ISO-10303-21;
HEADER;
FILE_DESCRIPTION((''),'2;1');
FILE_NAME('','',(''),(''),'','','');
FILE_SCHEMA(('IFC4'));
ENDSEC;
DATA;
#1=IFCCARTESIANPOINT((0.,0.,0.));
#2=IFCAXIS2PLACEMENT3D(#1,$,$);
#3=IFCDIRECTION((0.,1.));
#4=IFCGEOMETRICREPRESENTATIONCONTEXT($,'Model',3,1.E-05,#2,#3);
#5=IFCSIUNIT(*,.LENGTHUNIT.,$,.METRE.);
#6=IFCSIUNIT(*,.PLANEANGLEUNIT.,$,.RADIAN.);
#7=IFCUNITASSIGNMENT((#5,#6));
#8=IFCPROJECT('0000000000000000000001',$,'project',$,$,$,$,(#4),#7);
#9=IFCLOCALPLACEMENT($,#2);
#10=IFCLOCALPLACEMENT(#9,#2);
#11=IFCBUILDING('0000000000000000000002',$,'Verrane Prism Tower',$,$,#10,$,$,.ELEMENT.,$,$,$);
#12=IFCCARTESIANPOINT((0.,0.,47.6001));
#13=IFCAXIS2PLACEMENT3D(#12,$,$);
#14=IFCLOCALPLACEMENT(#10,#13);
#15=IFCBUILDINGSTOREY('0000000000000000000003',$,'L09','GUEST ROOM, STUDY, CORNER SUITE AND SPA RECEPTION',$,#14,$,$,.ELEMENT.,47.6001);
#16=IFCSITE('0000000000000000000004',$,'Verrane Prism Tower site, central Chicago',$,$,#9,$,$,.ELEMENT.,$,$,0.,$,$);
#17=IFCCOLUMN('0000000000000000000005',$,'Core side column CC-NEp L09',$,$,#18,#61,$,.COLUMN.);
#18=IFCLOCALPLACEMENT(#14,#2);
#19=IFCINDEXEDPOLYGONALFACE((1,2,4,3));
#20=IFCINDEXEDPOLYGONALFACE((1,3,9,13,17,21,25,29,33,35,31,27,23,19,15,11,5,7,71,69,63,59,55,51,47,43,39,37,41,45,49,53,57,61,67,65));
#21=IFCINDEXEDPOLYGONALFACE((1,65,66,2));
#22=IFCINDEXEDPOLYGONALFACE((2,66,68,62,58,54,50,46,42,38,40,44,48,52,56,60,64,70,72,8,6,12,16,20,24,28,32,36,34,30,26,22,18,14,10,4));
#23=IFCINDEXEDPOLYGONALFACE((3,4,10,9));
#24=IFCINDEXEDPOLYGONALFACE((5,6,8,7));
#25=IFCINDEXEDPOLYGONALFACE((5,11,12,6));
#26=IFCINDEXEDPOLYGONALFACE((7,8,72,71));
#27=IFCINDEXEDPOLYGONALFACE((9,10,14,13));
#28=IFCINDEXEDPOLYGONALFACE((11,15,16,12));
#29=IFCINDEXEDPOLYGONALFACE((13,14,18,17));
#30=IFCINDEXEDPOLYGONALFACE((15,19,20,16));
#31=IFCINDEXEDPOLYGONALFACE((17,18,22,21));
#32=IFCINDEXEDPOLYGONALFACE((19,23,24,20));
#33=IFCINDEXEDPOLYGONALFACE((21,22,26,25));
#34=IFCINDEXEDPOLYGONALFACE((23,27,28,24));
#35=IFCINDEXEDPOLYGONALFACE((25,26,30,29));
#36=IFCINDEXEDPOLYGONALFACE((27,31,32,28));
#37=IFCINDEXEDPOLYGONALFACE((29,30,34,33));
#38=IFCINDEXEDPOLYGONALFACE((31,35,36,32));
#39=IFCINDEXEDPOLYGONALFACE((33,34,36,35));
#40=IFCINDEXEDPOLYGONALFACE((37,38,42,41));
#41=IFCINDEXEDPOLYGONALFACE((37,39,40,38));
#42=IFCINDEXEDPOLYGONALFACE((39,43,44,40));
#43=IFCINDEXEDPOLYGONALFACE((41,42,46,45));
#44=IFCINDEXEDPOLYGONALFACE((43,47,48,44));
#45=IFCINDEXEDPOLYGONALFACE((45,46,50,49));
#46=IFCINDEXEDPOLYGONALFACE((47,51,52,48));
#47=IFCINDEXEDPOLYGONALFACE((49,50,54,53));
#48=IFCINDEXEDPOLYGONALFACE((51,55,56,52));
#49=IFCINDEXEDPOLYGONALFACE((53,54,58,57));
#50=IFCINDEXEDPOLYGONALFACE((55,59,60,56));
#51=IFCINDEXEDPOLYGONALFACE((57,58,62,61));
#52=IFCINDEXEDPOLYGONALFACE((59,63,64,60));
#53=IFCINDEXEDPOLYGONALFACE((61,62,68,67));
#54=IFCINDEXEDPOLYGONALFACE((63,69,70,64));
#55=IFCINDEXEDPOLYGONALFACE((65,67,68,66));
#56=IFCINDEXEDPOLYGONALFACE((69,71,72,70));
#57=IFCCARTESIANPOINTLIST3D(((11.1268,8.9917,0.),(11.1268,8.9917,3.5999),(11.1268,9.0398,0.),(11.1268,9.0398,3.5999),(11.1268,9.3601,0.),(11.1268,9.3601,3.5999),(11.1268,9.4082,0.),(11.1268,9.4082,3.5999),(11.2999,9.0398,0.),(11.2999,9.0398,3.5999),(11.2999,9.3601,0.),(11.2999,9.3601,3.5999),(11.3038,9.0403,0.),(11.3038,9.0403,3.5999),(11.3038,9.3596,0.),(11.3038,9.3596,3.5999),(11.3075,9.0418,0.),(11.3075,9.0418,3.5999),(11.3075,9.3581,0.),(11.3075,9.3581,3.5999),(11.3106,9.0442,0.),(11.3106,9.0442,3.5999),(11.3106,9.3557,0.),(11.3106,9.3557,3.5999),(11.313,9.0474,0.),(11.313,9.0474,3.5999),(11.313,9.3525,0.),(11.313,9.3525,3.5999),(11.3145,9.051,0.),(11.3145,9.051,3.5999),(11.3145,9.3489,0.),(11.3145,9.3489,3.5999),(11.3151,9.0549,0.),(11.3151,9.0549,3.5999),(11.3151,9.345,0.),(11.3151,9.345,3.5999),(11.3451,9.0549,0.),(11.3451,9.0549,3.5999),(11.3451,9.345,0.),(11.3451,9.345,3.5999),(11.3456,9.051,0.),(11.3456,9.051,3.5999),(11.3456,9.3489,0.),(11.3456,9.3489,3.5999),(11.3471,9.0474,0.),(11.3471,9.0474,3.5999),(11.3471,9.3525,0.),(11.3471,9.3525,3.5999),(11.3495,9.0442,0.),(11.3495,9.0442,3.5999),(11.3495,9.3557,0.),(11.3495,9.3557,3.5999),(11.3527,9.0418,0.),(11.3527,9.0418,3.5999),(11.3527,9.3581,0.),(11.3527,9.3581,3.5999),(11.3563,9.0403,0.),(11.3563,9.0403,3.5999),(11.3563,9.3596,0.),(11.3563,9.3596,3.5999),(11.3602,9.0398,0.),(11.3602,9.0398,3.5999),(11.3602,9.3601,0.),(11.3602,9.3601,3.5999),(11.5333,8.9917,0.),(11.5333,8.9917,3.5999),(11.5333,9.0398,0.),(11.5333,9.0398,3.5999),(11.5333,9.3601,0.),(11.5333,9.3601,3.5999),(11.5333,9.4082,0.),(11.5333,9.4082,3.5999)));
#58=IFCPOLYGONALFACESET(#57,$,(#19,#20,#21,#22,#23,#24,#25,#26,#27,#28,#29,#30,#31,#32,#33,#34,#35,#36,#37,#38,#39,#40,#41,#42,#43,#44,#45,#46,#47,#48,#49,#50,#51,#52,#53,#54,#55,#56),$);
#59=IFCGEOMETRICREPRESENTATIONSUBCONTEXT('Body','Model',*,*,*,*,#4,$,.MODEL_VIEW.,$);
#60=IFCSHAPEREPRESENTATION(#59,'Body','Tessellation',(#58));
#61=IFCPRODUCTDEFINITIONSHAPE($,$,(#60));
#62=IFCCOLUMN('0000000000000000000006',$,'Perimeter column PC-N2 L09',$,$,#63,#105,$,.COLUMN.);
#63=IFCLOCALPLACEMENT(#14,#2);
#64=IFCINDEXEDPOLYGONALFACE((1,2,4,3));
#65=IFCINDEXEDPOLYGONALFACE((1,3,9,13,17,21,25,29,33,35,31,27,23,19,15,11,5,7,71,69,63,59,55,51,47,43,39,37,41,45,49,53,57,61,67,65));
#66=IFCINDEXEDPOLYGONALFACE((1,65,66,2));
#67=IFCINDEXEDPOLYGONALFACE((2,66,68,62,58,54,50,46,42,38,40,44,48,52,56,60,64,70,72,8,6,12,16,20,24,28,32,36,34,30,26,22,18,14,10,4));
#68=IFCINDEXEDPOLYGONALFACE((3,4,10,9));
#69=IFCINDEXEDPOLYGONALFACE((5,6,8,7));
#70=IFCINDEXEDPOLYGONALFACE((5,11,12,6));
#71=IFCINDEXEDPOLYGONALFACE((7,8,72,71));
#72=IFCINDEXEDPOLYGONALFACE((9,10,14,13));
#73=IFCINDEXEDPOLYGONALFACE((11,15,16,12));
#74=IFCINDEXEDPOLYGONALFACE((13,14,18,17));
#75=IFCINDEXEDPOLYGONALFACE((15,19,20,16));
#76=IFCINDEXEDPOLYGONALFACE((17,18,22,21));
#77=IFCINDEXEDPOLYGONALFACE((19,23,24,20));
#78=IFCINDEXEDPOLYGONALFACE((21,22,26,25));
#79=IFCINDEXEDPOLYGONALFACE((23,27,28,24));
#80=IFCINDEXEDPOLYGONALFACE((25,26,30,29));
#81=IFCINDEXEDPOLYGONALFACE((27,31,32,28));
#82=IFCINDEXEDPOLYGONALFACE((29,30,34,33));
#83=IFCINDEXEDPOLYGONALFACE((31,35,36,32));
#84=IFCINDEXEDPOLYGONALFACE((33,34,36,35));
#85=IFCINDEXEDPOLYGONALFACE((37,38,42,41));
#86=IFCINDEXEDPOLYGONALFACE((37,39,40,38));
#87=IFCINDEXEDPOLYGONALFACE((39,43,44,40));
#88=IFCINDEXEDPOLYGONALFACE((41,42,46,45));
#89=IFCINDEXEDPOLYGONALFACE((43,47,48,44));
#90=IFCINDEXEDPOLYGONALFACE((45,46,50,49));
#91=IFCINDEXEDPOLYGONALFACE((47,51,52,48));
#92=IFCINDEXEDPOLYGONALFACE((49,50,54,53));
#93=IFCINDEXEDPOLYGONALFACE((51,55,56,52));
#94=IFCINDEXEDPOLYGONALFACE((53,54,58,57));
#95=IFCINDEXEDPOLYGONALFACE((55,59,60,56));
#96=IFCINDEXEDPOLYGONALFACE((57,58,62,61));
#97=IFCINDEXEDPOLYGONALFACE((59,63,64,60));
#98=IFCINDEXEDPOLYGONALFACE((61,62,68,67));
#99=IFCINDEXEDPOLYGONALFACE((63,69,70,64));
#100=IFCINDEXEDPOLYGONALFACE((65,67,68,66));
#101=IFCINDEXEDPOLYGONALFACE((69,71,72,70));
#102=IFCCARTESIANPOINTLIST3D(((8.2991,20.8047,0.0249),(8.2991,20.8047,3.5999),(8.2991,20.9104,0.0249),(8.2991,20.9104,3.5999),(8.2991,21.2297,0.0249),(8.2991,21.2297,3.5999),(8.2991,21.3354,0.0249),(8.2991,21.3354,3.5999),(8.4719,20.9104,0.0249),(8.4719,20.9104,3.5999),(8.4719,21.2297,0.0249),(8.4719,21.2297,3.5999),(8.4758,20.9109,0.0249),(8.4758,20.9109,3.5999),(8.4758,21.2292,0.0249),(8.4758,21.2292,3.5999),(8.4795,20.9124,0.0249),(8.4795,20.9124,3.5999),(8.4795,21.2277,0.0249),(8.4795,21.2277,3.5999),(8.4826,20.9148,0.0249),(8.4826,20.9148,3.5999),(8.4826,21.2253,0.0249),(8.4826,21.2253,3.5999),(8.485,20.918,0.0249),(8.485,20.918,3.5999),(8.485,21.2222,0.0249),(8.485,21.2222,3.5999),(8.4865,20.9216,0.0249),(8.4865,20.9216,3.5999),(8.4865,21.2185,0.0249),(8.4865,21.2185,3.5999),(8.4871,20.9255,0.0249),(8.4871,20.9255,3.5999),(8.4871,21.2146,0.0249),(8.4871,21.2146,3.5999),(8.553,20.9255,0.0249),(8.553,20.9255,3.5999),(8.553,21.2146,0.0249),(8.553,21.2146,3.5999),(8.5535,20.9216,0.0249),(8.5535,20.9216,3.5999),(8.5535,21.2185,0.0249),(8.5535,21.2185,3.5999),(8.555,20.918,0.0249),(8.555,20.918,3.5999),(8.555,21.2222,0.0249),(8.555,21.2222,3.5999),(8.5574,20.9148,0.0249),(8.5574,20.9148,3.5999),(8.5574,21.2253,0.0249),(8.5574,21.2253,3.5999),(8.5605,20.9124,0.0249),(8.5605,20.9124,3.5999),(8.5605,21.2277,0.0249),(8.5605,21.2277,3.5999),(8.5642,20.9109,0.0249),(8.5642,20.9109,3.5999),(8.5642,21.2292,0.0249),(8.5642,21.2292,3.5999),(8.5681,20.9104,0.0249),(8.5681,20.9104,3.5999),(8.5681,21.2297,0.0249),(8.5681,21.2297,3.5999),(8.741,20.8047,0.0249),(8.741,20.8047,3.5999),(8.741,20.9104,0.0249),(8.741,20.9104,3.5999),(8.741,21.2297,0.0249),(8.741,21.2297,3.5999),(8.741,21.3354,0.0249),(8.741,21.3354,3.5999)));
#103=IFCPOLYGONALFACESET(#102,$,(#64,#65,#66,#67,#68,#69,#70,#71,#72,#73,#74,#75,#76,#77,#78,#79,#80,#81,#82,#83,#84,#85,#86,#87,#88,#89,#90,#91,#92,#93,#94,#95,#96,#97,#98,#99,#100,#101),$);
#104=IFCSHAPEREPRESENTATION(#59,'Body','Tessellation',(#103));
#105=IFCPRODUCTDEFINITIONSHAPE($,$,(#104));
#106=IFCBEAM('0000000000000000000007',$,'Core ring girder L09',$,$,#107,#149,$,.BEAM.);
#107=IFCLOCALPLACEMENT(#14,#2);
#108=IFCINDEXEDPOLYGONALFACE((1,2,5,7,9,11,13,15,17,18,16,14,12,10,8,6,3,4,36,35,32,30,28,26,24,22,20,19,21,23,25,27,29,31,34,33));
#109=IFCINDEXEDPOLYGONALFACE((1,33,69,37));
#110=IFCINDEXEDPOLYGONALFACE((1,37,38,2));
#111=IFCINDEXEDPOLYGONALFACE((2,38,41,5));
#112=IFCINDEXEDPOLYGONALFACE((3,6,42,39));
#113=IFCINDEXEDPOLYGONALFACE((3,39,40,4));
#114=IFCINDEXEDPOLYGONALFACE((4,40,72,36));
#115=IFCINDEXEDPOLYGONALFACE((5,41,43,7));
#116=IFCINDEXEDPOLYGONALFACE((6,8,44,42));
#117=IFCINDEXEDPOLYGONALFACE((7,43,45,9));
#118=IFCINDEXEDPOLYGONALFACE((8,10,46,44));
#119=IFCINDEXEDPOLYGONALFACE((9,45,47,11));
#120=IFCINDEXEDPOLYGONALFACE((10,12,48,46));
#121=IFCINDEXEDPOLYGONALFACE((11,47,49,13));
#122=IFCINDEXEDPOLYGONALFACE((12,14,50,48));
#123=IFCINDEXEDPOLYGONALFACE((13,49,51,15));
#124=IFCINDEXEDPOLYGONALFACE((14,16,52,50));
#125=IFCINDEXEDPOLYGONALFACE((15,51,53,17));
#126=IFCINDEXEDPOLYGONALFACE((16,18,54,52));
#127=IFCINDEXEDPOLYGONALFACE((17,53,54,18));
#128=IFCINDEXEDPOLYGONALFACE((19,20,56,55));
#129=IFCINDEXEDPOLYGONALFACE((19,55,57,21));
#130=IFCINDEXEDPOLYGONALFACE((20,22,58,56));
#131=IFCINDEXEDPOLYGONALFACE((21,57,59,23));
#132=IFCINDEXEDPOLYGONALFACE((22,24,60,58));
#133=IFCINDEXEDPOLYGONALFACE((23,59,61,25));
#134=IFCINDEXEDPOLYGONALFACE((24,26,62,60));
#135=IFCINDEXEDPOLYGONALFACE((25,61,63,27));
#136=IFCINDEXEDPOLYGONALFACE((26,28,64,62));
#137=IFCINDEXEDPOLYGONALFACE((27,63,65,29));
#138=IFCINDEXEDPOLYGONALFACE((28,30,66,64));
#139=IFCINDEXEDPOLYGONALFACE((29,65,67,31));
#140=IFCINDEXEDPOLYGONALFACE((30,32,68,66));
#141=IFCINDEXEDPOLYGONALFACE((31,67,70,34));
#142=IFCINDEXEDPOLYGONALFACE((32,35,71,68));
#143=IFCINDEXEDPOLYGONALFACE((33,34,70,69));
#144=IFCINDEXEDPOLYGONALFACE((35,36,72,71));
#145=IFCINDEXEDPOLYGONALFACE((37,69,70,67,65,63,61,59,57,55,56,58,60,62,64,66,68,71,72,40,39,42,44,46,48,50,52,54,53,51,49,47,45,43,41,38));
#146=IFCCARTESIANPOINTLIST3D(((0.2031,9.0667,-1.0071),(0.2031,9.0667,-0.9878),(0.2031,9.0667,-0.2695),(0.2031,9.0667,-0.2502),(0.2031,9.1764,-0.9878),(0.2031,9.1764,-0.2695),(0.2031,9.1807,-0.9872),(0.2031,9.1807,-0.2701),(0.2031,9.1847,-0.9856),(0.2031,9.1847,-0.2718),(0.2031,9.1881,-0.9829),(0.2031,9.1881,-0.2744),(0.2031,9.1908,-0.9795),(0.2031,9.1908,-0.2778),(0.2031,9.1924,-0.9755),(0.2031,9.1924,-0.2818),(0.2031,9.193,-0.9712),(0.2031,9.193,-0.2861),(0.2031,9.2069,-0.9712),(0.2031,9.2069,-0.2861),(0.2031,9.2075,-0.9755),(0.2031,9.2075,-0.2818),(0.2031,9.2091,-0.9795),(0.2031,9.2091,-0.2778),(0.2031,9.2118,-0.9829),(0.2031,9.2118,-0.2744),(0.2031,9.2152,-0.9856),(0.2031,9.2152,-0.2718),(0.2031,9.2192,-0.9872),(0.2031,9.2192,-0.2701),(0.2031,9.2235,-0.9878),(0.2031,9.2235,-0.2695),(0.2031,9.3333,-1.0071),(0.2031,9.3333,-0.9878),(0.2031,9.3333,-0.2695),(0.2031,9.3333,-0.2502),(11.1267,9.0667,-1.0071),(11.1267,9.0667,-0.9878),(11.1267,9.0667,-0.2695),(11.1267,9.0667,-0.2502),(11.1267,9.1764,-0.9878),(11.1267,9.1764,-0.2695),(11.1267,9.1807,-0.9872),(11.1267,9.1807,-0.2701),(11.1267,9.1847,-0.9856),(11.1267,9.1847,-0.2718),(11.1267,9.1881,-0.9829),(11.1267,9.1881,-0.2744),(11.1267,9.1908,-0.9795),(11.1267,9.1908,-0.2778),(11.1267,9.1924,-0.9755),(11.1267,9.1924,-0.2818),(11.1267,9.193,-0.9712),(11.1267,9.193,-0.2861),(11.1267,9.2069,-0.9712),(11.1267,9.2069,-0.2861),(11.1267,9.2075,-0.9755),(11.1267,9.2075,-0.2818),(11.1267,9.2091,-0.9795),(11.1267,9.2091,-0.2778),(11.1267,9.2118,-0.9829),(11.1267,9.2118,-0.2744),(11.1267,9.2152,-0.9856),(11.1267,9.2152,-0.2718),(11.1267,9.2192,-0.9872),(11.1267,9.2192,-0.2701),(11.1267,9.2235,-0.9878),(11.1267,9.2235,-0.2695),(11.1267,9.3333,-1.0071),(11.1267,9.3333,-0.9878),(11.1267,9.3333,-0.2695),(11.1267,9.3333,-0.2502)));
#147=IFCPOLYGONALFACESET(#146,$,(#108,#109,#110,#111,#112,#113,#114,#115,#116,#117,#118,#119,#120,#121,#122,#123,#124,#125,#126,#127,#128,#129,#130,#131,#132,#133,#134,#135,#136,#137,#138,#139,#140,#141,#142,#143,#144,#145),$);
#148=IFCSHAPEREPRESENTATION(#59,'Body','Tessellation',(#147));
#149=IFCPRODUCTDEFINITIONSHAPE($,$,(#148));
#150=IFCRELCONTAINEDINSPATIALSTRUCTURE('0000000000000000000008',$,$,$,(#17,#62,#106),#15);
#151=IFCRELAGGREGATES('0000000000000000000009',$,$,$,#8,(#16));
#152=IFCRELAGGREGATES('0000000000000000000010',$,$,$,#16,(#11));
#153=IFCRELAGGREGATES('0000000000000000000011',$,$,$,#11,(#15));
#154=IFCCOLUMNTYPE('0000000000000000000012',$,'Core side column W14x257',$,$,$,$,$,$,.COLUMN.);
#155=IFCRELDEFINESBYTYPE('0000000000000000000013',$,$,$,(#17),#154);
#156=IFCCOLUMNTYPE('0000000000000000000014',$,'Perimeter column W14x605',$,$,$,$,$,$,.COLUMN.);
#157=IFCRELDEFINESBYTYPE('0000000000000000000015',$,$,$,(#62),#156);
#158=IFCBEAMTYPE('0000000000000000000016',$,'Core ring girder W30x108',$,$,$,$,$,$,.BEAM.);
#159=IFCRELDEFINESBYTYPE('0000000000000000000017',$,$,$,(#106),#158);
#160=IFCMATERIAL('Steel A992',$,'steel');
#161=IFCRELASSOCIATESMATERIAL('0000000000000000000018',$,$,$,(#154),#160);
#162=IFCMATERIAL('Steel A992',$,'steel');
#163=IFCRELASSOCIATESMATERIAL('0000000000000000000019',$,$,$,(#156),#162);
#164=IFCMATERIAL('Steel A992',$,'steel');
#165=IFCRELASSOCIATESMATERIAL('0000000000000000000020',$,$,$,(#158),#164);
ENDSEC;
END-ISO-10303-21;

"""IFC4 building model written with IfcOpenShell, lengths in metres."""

from ifc_helpers import new_model, si_unit, direction, frame, origin, origin_2d, place, context, subcontext, project, spatial, i_section, extrude, material, material_profile, profile_set, type_object, element, save


model = new_model("IFC4")

# Units and contexts
model_context = context("Model", 3, precision=1e-05, world=origin(), true_north=direction((0.0, 1.0)))
body_context = subcontext(model_context, "Body", "Model", "MODEL_VIEW")
ifc_project = project(units=[si_unit("LENGTHUNIT", "METRE"), si_unit("PLANEANGLEUNIT", "RADIAN")], contexts=[model_context])

# Site, building, storey
site_placement = place(None, origin())
site = spatial("IfcSite", under=ifc_project, at=site_placement, Name="Verrane Prism Tower site, central Chicago", CompositionType="ELEMENT", RefElevation=0.0)
building_placement = place(site_placement, origin())
building = spatial("IfcBuilding", under=site, at=building_placement, Name="Verrane Prism Tower", CompositionType="ELEMENT")
storey_placement = place(building_placement, frame((0.0, 0.0, 47.6001)))
storey = spatial("IfcBuildingStorey", under=building, at=storey_placement, Name="L09", Description="GUEST ROOM, STUDY, CORNER SUITE AND SPA RECEPTION", CompositionType="ELEMENT", Elevation=47.6001)

# Columns
ifc_material_1 = material(Name="Steel A992", Category="steel")
ifc_material_profile_1 = material_profile(ifc_material_1, i_section(OverallWidth=0.4065, OverallDepth=0.4165, WebThickness=0.03, FlangeThickness=0.0481, FilletRadius=0.0151, at=origin_2d()), Name="W14x257")
ifc_profile_set_1 = profile_set([ifc_material_profile_1], Name="Steel A992")
column_type_1 = type_object("IfcColumnType", Name="Core side column W14x257", PredefinedType="COLUMN", material=ifc_profile_set_1)
column_1_placement = place(storey_placement, frame((11.3301, 9.2, 0.0), z_axis=(0.0, 0.0, 1.0), x_axis=(1.0, 0.0, 0.0)))
element("IfcColumn", 1, at=column_1_placement, inside=storey, type_object=column_type_1, Name="Core side column CC-NEp L09", PredefinedType="COLUMN", context=body_context, shape_type="SweptSolid", body=[
    extrude(i_section(OverallWidth=0.4065, OverallDepth=0.4165, WebThickness=0.03, FlangeThickness=0.0481, FilletRadius=0.0151, at=origin_2d()), origin(), (0.0, 0.0, 1.0), 3.5999),
])
ifc_material_2 = material(Name="Steel A992", Category="steel")
ifc_material_profile_2 = material_profile(ifc_material_2, i_section(OverallWidth=0.4419, OverallDepth=0.5308, WebThickness=0.0659, FlangeThickness=0.1057, FilletRadius=0.0151, at=origin_2d()), Name="W14x605")
ifc_profile_set_2 = profile_set([ifc_material_profile_2], Name="Steel A992")
column_type_2 = type_object("IfcColumnType", Name="Perimeter column W14x605", PredefinedType="COLUMN", material=ifc_profile_set_2)
column_2_placement = place(storey_placement, frame((8.52, 21.0701, 0.0249), z_axis=(0.0, 0.0, 1.0), x_axis=(1.0, 0.0, 0.0)))
element("IfcColumn", 2, at=column_2_placement, inside=storey, type_object=column_type_2, Name="Perimeter column PC-N2 L09", PredefinedType="COLUMN", context=body_context, shape_type="SweptSolid", body=[
    extrude(i_section(OverallWidth=0.4419, OverallDepth=0.5308, WebThickness=0.0659, FlangeThickness=0.1057, FilletRadius=0.0151, at=origin_2d()), origin(), (0.0, 0.0, 1.0), 3.575),
])

# Beam
ifc_material_3 = material(Name="Steel A992", Category="steel")
ifc_material_profile_3 = material_profile(ifc_material_3, i_section(OverallWidth=0.2666, OverallDepth=0.7568, WebThickness=0.0139, FlangeThickness=0.0193, FilletRadius=0.0166, at=origin_2d()), Name="W30x108")
ifc_profile_set_3 = profile_set([ifc_material_profile_3], Name="Steel A992")
beam_type_1 = type_object("IfcBeamType", Name="Core ring girder W30x108", PredefinedType="BEAM", material=ifc_profile_set_3)
beam_1_placement = place(storey_placement, frame((11.1267, 9.2, -0.6287), z_axis=(-1.0, 0.0, 0.0), x_axis=(0.0, -1.0, 0.0)))
element("IfcBeam", 3, at=beam_1_placement, inside=storey, type_object=beam_type_1, Name="Core ring girder L09", PredefinedType="BEAM", context=body_context, shape_type="SweptSolid", body=[
    extrude(i_section(OverallWidth=0.2666, OverallDepth=0.7568, WebThickness=0.0139, FlangeThickness=0.0193, FilletRadius=0.0166, at=origin_2d()), origin(), (0.0, 0.0, 1.0), 10.9236),
])

save(model, "model.ifc")
